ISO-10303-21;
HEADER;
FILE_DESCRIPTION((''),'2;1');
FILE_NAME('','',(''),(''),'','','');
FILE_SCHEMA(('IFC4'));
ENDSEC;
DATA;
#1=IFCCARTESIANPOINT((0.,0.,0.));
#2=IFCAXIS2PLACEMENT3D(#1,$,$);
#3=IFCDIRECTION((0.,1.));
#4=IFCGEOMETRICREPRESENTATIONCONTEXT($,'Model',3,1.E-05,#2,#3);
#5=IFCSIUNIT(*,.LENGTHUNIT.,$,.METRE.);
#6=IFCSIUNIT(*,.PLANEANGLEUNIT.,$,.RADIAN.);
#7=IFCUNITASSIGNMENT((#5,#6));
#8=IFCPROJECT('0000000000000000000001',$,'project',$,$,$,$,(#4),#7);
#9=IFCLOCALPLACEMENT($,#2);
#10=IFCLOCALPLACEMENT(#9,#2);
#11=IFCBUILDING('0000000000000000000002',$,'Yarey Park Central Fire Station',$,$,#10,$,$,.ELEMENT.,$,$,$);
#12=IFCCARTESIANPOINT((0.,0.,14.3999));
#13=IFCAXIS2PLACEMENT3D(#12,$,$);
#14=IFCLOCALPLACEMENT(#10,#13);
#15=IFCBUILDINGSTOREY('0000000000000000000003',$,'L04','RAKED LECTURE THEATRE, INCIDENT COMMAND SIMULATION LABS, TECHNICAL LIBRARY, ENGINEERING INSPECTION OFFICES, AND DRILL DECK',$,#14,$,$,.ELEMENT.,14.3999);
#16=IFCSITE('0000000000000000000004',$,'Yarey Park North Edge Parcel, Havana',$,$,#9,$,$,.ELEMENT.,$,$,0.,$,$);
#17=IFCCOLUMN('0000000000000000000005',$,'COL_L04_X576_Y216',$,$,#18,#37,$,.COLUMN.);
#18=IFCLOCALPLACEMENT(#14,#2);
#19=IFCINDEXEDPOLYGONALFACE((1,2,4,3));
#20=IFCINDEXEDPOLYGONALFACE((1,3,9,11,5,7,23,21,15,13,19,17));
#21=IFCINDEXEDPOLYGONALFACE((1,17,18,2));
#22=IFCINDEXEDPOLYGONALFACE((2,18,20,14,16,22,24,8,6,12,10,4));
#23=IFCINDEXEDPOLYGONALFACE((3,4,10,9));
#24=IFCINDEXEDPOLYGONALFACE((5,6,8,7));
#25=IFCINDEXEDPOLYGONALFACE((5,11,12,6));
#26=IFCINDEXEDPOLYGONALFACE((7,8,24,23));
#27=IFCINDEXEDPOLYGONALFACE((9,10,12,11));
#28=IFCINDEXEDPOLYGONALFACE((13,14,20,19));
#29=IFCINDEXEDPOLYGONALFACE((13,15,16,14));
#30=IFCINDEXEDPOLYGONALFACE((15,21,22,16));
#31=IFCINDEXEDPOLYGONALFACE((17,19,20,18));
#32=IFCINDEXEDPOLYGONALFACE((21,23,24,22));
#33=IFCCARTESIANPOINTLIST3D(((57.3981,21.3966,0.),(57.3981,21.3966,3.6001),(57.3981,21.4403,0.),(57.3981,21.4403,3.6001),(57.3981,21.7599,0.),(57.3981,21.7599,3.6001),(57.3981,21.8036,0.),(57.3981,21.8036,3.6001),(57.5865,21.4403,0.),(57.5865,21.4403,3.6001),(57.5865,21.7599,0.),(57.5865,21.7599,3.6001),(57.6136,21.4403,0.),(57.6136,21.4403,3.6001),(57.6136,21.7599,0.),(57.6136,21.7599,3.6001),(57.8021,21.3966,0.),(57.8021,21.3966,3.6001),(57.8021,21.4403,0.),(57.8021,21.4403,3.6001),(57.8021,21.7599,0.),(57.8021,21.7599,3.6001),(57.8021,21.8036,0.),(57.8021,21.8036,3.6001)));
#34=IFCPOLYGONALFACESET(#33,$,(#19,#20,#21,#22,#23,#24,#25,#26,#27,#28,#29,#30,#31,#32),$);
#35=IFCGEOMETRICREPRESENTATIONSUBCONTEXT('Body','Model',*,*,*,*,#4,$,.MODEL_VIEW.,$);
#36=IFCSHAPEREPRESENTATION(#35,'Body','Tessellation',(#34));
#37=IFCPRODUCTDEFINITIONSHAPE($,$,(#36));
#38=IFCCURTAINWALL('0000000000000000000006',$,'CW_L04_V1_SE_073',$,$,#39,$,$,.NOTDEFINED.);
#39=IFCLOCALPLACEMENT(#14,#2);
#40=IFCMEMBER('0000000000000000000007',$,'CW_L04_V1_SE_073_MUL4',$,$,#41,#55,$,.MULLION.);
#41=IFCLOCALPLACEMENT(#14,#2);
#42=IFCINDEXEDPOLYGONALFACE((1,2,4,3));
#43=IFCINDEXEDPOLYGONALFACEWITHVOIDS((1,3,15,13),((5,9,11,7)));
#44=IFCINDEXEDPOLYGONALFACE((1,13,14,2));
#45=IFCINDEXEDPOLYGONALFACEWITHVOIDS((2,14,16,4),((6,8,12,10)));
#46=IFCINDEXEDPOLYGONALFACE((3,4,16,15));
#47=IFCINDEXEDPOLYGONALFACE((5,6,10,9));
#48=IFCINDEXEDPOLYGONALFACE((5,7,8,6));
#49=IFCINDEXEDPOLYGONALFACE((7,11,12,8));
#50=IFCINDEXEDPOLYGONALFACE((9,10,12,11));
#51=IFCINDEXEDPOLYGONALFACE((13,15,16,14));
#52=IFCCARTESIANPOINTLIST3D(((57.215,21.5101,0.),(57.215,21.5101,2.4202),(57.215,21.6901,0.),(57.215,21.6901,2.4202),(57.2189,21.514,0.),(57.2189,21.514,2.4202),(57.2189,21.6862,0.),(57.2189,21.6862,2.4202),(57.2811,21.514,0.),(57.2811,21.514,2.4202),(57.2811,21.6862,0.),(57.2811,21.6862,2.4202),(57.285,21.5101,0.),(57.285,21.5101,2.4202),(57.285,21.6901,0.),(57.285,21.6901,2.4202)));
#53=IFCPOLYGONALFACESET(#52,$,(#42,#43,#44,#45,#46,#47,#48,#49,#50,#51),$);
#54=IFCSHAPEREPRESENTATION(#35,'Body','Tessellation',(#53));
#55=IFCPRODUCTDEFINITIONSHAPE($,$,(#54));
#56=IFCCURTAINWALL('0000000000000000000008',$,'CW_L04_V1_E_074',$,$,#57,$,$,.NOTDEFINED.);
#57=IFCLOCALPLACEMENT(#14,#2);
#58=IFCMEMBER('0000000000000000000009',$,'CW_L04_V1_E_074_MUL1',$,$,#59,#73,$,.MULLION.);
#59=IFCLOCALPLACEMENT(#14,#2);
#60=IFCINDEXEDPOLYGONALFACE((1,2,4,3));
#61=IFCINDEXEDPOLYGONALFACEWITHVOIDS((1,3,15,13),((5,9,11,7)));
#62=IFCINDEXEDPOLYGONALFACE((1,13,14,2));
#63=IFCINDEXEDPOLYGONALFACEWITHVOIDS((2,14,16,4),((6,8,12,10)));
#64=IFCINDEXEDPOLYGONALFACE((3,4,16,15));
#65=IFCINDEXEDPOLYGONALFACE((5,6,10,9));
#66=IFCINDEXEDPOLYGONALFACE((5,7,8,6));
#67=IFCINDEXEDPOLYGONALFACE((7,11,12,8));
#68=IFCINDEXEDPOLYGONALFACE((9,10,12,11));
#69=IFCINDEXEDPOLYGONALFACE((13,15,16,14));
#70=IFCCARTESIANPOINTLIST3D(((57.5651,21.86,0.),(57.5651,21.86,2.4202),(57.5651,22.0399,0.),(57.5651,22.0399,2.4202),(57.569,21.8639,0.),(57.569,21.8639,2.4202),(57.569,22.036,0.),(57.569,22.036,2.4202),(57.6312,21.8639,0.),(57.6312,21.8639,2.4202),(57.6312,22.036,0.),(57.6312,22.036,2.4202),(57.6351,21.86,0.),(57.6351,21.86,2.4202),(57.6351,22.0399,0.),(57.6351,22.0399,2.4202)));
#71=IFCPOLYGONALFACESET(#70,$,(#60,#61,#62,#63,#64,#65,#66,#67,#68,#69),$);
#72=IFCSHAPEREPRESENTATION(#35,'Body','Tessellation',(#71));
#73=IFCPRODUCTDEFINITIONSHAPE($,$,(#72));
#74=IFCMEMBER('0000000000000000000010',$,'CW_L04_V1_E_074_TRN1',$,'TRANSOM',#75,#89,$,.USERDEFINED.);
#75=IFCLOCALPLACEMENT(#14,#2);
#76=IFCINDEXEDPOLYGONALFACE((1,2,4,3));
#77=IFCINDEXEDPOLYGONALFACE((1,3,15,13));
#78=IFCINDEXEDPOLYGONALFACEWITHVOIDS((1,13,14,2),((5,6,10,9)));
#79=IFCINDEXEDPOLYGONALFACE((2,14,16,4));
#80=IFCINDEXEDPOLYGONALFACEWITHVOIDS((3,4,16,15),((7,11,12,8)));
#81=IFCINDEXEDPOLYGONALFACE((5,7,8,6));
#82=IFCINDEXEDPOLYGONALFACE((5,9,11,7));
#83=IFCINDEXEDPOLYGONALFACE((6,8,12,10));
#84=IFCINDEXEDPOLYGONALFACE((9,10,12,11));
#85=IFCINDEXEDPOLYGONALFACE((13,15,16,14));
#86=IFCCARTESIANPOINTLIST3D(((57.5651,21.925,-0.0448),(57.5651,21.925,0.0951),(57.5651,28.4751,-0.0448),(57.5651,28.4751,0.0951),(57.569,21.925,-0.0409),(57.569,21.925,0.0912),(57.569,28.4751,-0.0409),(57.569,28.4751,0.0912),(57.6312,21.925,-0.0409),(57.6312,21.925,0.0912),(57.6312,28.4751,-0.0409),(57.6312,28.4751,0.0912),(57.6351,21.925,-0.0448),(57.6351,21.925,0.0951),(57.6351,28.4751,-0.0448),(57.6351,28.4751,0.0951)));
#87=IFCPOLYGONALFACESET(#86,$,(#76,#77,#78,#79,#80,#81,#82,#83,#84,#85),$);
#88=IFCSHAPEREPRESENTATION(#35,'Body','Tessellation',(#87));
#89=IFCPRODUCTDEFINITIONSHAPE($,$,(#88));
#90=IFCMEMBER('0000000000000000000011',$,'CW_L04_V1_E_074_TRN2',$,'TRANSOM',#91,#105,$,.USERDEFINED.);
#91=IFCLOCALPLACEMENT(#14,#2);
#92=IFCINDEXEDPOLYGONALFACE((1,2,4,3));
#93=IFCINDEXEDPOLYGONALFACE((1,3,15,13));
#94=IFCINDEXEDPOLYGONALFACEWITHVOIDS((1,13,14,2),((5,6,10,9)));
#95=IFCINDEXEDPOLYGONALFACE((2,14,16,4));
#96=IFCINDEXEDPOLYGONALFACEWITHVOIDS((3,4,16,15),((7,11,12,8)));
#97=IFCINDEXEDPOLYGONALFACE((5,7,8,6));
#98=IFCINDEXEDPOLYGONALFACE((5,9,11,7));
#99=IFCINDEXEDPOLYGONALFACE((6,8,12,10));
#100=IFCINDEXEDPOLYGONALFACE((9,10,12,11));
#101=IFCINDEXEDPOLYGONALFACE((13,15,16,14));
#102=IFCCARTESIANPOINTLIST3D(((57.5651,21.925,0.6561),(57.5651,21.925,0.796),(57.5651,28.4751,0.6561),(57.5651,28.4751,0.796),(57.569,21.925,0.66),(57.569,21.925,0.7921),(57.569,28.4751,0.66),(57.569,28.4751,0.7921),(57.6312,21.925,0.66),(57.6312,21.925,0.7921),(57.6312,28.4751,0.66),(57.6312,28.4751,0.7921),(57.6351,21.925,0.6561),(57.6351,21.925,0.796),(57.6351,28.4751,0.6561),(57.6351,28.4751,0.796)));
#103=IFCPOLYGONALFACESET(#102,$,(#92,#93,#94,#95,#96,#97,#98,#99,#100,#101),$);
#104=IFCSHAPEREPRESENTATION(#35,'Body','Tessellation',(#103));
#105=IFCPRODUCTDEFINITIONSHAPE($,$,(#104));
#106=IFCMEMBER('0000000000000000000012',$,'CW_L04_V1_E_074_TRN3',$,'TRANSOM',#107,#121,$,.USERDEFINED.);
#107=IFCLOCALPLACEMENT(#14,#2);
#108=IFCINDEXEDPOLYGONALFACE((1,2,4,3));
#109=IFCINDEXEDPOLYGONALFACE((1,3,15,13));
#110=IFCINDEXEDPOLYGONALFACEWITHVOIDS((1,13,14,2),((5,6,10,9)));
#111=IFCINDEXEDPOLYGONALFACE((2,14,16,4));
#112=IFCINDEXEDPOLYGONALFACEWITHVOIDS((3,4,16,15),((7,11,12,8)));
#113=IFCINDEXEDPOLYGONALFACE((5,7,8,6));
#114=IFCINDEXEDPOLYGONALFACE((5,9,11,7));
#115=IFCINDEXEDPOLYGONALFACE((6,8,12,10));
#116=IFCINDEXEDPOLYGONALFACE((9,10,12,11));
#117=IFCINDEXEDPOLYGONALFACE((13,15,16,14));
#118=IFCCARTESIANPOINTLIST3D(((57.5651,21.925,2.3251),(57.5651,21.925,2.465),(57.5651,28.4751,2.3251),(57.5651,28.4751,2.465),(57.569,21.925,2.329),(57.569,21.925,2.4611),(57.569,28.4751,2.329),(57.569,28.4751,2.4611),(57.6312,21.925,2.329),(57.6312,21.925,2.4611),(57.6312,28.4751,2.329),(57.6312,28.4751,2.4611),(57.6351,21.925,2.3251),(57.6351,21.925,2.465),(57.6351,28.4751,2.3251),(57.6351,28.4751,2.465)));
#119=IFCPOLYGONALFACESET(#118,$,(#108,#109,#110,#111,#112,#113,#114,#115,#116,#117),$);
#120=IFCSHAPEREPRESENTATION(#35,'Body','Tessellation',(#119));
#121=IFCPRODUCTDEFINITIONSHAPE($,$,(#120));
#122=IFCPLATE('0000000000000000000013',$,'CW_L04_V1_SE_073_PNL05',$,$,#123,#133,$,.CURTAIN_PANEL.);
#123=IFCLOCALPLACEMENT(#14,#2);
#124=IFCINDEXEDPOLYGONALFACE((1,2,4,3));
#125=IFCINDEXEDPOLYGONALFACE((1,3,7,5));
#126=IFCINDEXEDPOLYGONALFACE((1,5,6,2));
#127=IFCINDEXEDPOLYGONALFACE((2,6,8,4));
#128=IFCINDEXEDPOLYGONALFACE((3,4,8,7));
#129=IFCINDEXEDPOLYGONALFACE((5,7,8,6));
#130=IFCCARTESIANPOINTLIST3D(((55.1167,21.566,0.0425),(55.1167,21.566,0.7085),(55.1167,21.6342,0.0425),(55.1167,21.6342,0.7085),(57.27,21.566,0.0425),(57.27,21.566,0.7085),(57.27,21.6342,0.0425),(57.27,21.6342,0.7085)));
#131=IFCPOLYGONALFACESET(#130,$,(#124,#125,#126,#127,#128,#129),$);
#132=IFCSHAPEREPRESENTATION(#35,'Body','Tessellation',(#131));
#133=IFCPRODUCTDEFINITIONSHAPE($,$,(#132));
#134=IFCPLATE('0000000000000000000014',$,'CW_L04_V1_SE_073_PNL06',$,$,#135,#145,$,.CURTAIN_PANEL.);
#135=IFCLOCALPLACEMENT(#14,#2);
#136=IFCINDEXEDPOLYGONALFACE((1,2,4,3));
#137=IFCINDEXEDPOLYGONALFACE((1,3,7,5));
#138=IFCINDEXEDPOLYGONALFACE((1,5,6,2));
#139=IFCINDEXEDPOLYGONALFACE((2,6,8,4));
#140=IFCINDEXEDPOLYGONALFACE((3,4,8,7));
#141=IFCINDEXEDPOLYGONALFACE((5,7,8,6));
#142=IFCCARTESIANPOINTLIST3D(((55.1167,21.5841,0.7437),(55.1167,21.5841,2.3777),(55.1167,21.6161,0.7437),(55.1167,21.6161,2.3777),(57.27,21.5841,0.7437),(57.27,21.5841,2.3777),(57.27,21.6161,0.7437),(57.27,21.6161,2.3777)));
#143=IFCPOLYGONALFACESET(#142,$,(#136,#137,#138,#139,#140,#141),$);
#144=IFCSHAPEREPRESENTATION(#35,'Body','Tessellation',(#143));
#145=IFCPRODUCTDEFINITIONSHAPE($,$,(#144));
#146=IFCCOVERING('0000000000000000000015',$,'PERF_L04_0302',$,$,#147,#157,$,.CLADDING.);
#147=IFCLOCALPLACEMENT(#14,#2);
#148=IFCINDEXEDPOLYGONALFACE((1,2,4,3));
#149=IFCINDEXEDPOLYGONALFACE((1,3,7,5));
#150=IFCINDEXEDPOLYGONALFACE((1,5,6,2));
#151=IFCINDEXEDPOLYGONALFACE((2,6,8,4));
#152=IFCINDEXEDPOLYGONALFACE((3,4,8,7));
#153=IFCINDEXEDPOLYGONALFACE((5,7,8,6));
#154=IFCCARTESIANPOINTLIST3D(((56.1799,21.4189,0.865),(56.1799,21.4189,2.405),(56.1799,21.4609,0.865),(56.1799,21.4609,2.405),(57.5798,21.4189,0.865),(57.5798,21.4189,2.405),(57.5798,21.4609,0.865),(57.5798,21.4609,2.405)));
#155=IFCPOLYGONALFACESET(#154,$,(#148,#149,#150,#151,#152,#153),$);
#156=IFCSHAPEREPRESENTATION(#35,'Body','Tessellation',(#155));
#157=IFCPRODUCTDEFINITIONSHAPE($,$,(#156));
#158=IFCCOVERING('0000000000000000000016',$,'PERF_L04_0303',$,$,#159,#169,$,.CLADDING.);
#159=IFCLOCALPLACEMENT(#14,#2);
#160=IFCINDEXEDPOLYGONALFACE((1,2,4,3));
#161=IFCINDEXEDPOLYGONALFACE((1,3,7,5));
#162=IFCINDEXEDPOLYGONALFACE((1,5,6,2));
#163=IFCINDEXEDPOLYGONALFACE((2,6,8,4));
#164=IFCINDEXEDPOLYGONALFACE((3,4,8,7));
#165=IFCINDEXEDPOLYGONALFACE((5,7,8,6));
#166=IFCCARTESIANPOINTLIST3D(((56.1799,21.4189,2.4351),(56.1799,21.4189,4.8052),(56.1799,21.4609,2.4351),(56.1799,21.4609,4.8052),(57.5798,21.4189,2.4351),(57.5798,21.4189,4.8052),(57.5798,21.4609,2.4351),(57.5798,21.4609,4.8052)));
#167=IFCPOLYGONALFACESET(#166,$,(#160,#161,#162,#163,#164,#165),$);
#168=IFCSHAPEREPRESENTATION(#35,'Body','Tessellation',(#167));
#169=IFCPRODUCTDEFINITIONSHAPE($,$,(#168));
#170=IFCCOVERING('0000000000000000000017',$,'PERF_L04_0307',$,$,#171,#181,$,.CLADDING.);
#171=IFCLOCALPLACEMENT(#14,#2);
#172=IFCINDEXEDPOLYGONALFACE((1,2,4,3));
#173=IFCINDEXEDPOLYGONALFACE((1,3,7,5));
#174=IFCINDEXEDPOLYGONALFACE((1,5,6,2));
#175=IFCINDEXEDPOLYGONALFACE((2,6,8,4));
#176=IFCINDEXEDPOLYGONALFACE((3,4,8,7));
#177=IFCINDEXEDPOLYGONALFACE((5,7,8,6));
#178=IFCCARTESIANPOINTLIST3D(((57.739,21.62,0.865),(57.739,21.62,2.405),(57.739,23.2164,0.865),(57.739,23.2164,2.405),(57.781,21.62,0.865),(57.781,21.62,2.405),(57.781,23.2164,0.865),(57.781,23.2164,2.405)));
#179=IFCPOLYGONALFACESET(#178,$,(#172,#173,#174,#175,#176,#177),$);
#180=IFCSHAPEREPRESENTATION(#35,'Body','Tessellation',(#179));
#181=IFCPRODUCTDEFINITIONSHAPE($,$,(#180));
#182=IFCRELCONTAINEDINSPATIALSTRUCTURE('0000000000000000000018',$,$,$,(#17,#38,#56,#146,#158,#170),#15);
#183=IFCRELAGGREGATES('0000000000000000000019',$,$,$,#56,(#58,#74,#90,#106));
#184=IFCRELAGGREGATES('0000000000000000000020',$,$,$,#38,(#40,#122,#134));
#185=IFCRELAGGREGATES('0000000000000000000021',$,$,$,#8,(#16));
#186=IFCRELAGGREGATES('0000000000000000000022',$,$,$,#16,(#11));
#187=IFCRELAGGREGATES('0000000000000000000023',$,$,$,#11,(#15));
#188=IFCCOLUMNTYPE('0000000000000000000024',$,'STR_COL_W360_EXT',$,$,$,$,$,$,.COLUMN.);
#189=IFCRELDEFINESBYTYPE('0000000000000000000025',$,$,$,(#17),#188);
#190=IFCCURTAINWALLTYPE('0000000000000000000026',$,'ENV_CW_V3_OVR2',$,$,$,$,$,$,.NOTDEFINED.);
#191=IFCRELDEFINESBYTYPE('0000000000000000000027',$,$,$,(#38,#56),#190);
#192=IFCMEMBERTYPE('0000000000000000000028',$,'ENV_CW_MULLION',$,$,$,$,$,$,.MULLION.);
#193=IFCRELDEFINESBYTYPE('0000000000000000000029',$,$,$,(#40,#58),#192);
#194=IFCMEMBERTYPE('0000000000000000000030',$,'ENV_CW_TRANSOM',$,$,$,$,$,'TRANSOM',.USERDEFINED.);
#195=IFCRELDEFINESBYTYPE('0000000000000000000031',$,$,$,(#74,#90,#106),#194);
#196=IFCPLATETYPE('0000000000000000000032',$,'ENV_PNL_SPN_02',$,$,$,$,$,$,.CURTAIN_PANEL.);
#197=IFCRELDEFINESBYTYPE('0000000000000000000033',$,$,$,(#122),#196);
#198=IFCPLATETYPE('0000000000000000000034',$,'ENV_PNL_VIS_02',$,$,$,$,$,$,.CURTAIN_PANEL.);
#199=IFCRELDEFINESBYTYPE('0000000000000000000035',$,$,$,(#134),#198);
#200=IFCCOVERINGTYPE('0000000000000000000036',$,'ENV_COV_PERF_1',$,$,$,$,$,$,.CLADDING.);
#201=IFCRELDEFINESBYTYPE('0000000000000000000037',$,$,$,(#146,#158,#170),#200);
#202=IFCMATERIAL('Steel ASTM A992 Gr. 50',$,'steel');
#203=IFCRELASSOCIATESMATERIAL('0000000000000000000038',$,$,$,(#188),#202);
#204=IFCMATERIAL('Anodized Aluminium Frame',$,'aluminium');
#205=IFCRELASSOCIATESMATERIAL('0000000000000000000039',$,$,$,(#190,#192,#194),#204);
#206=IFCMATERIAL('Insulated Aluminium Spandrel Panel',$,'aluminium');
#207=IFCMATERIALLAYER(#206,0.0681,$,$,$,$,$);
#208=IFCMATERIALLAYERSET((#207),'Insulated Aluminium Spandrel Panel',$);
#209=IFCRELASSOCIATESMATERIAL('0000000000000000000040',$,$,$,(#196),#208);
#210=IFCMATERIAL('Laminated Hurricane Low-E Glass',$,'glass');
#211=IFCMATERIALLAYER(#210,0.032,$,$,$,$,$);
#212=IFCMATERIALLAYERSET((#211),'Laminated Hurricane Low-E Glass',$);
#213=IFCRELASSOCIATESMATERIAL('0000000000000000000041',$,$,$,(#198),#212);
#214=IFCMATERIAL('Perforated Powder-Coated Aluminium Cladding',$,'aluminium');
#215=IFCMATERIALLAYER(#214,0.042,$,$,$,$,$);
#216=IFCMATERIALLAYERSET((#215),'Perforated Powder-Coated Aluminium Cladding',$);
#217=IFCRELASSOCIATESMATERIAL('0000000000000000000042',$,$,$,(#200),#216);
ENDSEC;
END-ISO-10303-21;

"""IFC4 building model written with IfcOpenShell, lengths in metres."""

from ifc_helpers import new_model, si_unit, direction, frame, origin, origin_2d, place, context, subcontext, project, spatial, rectangle, hollow_rectangle, i_section, extrude, material, layer, layer_set, material_profile, profile_set, type_object, element, aggregate, save


model = new_model("IFC4")

# Units and contexts
model_context = context("Model", 3, precision=1e-05, world=origin(), true_north=direction((0.0, 1.0)))
body_context = subcontext(model_context, "Body", "Model", "MODEL_VIEW")
ifc_project = project(units=[si_unit("LENGTHUNIT", "METRE"), si_unit("PLANEANGLEUNIT", "RADIAN")], contexts=[model_context])

# Site, building, storey
site_placement = place(None, origin())
site = spatial("IfcSite", under=ifc_project, at=site_placement, Name="Yarey Park North Edge Parcel, Havana", CompositionType="ELEMENT", RefElevation=0.0)
building_placement = place(site_placement, origin())
building = spatial("IfcBuilding", under=site, at=building_placement, Name="Yarey Park Central Fire Station", CompositionType="ELEMENT")
storey_placement = place(building_placement, frame((0.0, 0.0, 14.3999)))
storey = spatial("IfcBuildingStorey", under=building, at=storey_placement, Name="L04", Description="RAKED LECTURE THEATRE, INCIDENT COMMAND SIMULATION LABS, TECHNICAL LIBRARY, ENGINEERING INSPECTION OFFICES, AND DRILL DECK", CompositionType="ELEMENT", Elevation=14.3999)

# Column
ifc_material_1 = material(Name="Steel ASTM A992 Gr. 50", Category="steel")
ifc_material_profile_1 = material_profile(ifc_material_1, i_section(OverallWidth=0.4041, OverallDepth=0.407, WebThickness=0.0271, FlangeThickness=0.0437, at=origin_2d()), Name="W360x347")
ifc_profile_set_1 = profile_set([ifc_material_profile_1], Name="Steel ASTM A992 Gr. 50")
column_type = type_object("IfcColumnType", Name="STR_COL_W360_EXT", PredefinedType="COLUMN", material=ifc_profile_set_1)
column_placement = place(storey_placement, frame((57.6001, 21.6001, 0.0), z_axis=(0.0, 0.0, 1.0), x_axis=(1.0, 0.0, 0.0)))
element("IfcColumn", 1, at=column_placement, inside=storey, type_object=column_type, Name="COL_L04_X576_Y216", PredefinedType="COLUMN", context=body_context, shape_type="SweptSolid", body=[
    extrude(i_section(OverallWidth=0.4041, OverallDepth=0.407, WebThickness=0.0271, FlangeThickness=0.0437, at=origin_2d()), origin(), (0.0, 0.0, 1.0), 3.6001),
])

# Curtain wall, member
ifc_material_2 = material(Name="Anodized Aluminium Frame", Category="aluminium")
curtain_wall_type = type_object("IfcCurtainWallType", Name="ENV_CW_V3_OVR2", PredefinedType="NOTDEFINED", material=ifc_material_2)
curtain_wall_1_placement = place(storey_placement, origin())
curtain_wall_1 = element("IfcCurtainWall", 2, at=curtain_wall_1_placement, inside=storey, type_object=curtain_wall_type, Name="CW_L04_V1_SE_073", PredefinedType="NOTDEFINED")
ifc_material_profile_2 = material_profile(ifc_material_2, hollow_rectangle(XDim=0.0701, YDim=0.1799, WallThickness=0.0039, at=origin_2d()), Name="ALU 180x70x4")
ifc_profile_set_2 = profile_set([ifc_material_profile_2], Name="Anodized Aluminium Frame")
member_type_1 = type_object("IfcMemberType", Name="ENV_CW_MULLION", PredefinedType="MULLION", material=ifc_profile_set_2)
member_1_placement = place(storey_placement, frame((57.25, 21.6001, 0.0), z_axis=(0.0, 0.0, 1.0), x_axis=(1.0, 0.0, 0.0)))
member_1 = element("IfcMember", 3, at=member_1_placement, type_object=member_type_1, Name="CW_L04_V1_SE_073_MUL4", PredefinedType="MULLION", context=body_context, shape_type="SweptSolid", body=[
    extrude(hollow_rectangle(XDim=0.0701, YDim=0.1799, WallThickness=0.0039, at=origin_2d()), origin(), (0.0, 0.0, 1.0), 2.4202),
])

# Curtain wall, members
curtain_wall_2_placement = place(storey_placement, origin())
curtain_wall_2 = element("IfcCurtainWall", 4, at=curtain_wall_2_placement, inside=storey, type_object=curtain_wall_type, Name="CW_L04_V1_E_074", PredefinedType="NOTDEFINED")
member_2_placement = place(storey_placement, frame((57.6001, 21.95, 0.0), z_axis=(0.0, 0.0, 1.0), x_axis=(1.0, 0.0, 0.0)))
member_2 = element("IfcMember", 5, at=member_2_placement, type_object=member_type_1, Name="CW_L04_V1_E_074_MUL1", PredefinedType="MULLION", context=body_context, shape_type="SweptSolid", body=[
    extrude(hollow_rectangle(XDim=0.0701, YDim=0.1799, WallThickness=0.0039, at=origin_2d()), origin(), (0.0, 0.0, 1.0), 2.4202),
])
ifc_material_profile_3 = material_profile(ifc_material_2, hollow_rectangle(XDim=0.0701, YDim=0.1399, WallThickness=0.0039, at=origin_2d()), Name="ALU 140x70x4")
ifc_profile_set_3 = profile_set([ifc_material_profile_3], Name="Anodized Aluminium Frame")
member_type_2 = type_object("IfcMemberType", Name="ENV_CW_TRANSOM", ElementType="TRANSOM", PredefinedType="USERDEFINED", material=ifc_profile_set_3)
member_3_placement = place(storey_placement, frame((57.6001, 21.925, 0.0251), z_axis=(0.0, 1.0, 0.0), x_axis=(-1.0, 0.0, 0.0)))
member_3 = element("IfcMember", 6, at=member_3_placement, type_object=member_type_2, Name="CW_L04_V1_E_074_TRN1", ObjectType="TRANSOM", PredefinedType="USERDEFINED", context=body_context, shape_type="SweptSolid", body=[
    extrude(hollow_rectangle(XDim=0.0701, YDim=0.1399, WallThickness=0.0039, at=origin_2d()), origin(), (0.0, 0.0, 1.0), 6.55),
])
member_4_placement = place(storey_placement, frame((57.6001, 21.925, 0.7261), z_axis=(0.0, 1.0, 0.0), x_axis=(-1.0, 0.0, 0.0)))
member_4 = element("IfcMember", 7, at=member_4_placement, type_object=member_type_2, Name="CW_L04_V1_E_074_TRN2", ObjectType="TRANSOM", PredefinedType="USERDEFINED", context=body_context, shape_type="SweptSolid", body=[
    extrude(hollow_rectangle(XDim=0.0701, YDim=0.1399, WallThickness=0.0039, at=origin_2d()), origin(), (0.0, 0.0, 1.0), 6.55),
])
member_5_placement = place(storey_placement, frame((57.6001, 21.925, 2.395), z_axis=(0.0, 1.0, 0.0), x_axis=(-1.0, 0.0, 0.0)))
member_5 = element("IfcMember", 8, at=member_5_placement, type_object=member_type_2, Name="CW_L04_V1_E_074_TRN3", ObjectType="TRANSOM", PredefinedType="USERDEFINED", context=body_context, shape_type="SweptSolid", body=[
    extrude(hollow_rectangle(XDim=0.0701, YDim=0.1399, WallThickness=0.0039, at=origin_2d()), origin(), (0.0, 0.0, 1.0), 6.55),
])
aggregate(curtain_wall_2, [member_2, member_3, member_4, member_5])

# Plates
ifc_material_3 = material(Name="Insulated Aluminium Spandrel Panel", Category="aluminium")
ifc_layer_1 = layer(ifc_material_3, 0.0681)
ifc_layer_set_1 = layer_set([ifc_layer_1], Name="Insulated Aluminium Spandrel Panel")
plate_type_1 = type_object("IfcPlateType", Name="ENV_PNL_SPN_02", PredefinedType="CURTAIN_PANEL", material=ifc_layer_set_1)
plate_1_placement = place(storey_placement, frame((56.1934, 21.6001, 0.0425), z_axis=(0.0, 0.0, 1.0), x_axis=(1.0, 0.0, 0.0)))
plate_1 = element("IfcPlate", 9, at=plate_1_placement, type_object=plate_type_1, Name="CW_L04_V1_SE_073_PNL05", PredefinedType="CURTAIN_PANEL", context=body_context, shape_type="SweptSolid", body=[
    extrude(rectangle(XDim=2.1533, YDim=0.0681, at=origin_2d()), origin(), (0.0, 0.0, 1.0), 0.666),
])
ifc_material_4 = material(Name="Laminated Hurricane Low-E Glass", Category="glass")
ifc_layer_2 = layer(ifc_material_4, 0.032)
ifc_layer_set_2 = layer_set([ifc_layer_2], Name="Laminated Hurricane Low-E Glass")
plate_type_2 = type_object("IfcPlateType", Name="ENV_PNL_VIS_02", PredefinedType="CURTAIN_PANEL", material=ifc_layer_set_2)
plate_2_placement = place(storey_placement, frame((56.1934, 21.6001, 0.7437), z_axis=(0.0, 0.0, 1.0), x_axis=(1.0, 0.0, 0.0)))
plate_2 = element("IfcPlate", 10, at=plate_2_placement, type_object=plate_type_2, Name="CW_L04_V1_SE_073_PNL06", PredefinedType="CURTAIN_PANEL", context=body_context, shape_type="SweptSolid", body=[
    extrude(rectangle(XDim=2.1533, YDim=0.032, at=origin_2d()), origin(), (0.0, 0.0, 1.0), 1.634),
])
aggregate(curtain_wall_1, [member_1, plate_1, plate_2])

# Coverings
ifc_material_5 = material(Name="Perforated Powder-Coated Aluminium Cladding", Category="aluminium")
ifc_layer_3 = layer(ifc_material_5, 0.042)
ifc_layer_set_3 = layer_set([ifc_layer_3], Name="Perforated Powder-Coated Aluminium Cladding")
covering_type_1 = type_object("IfcCoveringType", Name="ENV_COV_PERF_1", PredefinedType="CLADDING", material=ifc_layer_set_3)
covering_1_placement = place(storey_placement, frame((56.8799, 21.4399, 0.865), z_axis=(0.0, 0.0, 1.0), x_axis=(1.0, 0.0, 0.0)))
element("IfcCovering", 11, at=covering_1_placement, inside=storey, type_object=covering_type_1, Name="PERF_L04_0302", PredefinedType="CLADDING", context=body_context, shape_type="SweptSolid", body=[
    extrude(rectangle(XDim=1.3999, YDim=0.042, at=origin_2d()), origin(), (0.0, 0.0, 1.0), 1.54),
])
covering_2_placement = place(storey_placement, frame((56.8799, 21.4399, 2.4351), z_axis=(0.0, 0.0, 1.0), x_axis=(1.0, 0.0, 0.0)))
element("IfcCovering", 12, at=covering_2_placement, inside=storey, type_object=covering_type_1, Name="PERF_L04_0303", PredefinedType="CLADDING", context=body_context, shape_type="SweptSolid", body=[
    extrude(rectangle(XDim=1.3999, YDim=0.042, at=origin_2d()), origin(), (0.0, 0.0, 1.0), 2.3701),
])
covering_3_placement = place(storey_placement, frame((57.76, 22.4182, 0.865), z_axis=(0.0, 0.0, 1.0), x_axis=(0.0, 1.0, 0.0)))
element("IfcCovering", 13, at=covering_3_placement, inside=storey, type_object=covering_type_1, Name="PERF_L04_0307", PredefinedType="CLADDING", context=body_context, shape_type="SweptSolid", body=[
    extrude(rectangle(XDim=1.5964, YDim=0.042, at=origin_2d()), origin(), (0.0, 0.0, 1.0), 1.54),
])

save(model, "model.ifc")
